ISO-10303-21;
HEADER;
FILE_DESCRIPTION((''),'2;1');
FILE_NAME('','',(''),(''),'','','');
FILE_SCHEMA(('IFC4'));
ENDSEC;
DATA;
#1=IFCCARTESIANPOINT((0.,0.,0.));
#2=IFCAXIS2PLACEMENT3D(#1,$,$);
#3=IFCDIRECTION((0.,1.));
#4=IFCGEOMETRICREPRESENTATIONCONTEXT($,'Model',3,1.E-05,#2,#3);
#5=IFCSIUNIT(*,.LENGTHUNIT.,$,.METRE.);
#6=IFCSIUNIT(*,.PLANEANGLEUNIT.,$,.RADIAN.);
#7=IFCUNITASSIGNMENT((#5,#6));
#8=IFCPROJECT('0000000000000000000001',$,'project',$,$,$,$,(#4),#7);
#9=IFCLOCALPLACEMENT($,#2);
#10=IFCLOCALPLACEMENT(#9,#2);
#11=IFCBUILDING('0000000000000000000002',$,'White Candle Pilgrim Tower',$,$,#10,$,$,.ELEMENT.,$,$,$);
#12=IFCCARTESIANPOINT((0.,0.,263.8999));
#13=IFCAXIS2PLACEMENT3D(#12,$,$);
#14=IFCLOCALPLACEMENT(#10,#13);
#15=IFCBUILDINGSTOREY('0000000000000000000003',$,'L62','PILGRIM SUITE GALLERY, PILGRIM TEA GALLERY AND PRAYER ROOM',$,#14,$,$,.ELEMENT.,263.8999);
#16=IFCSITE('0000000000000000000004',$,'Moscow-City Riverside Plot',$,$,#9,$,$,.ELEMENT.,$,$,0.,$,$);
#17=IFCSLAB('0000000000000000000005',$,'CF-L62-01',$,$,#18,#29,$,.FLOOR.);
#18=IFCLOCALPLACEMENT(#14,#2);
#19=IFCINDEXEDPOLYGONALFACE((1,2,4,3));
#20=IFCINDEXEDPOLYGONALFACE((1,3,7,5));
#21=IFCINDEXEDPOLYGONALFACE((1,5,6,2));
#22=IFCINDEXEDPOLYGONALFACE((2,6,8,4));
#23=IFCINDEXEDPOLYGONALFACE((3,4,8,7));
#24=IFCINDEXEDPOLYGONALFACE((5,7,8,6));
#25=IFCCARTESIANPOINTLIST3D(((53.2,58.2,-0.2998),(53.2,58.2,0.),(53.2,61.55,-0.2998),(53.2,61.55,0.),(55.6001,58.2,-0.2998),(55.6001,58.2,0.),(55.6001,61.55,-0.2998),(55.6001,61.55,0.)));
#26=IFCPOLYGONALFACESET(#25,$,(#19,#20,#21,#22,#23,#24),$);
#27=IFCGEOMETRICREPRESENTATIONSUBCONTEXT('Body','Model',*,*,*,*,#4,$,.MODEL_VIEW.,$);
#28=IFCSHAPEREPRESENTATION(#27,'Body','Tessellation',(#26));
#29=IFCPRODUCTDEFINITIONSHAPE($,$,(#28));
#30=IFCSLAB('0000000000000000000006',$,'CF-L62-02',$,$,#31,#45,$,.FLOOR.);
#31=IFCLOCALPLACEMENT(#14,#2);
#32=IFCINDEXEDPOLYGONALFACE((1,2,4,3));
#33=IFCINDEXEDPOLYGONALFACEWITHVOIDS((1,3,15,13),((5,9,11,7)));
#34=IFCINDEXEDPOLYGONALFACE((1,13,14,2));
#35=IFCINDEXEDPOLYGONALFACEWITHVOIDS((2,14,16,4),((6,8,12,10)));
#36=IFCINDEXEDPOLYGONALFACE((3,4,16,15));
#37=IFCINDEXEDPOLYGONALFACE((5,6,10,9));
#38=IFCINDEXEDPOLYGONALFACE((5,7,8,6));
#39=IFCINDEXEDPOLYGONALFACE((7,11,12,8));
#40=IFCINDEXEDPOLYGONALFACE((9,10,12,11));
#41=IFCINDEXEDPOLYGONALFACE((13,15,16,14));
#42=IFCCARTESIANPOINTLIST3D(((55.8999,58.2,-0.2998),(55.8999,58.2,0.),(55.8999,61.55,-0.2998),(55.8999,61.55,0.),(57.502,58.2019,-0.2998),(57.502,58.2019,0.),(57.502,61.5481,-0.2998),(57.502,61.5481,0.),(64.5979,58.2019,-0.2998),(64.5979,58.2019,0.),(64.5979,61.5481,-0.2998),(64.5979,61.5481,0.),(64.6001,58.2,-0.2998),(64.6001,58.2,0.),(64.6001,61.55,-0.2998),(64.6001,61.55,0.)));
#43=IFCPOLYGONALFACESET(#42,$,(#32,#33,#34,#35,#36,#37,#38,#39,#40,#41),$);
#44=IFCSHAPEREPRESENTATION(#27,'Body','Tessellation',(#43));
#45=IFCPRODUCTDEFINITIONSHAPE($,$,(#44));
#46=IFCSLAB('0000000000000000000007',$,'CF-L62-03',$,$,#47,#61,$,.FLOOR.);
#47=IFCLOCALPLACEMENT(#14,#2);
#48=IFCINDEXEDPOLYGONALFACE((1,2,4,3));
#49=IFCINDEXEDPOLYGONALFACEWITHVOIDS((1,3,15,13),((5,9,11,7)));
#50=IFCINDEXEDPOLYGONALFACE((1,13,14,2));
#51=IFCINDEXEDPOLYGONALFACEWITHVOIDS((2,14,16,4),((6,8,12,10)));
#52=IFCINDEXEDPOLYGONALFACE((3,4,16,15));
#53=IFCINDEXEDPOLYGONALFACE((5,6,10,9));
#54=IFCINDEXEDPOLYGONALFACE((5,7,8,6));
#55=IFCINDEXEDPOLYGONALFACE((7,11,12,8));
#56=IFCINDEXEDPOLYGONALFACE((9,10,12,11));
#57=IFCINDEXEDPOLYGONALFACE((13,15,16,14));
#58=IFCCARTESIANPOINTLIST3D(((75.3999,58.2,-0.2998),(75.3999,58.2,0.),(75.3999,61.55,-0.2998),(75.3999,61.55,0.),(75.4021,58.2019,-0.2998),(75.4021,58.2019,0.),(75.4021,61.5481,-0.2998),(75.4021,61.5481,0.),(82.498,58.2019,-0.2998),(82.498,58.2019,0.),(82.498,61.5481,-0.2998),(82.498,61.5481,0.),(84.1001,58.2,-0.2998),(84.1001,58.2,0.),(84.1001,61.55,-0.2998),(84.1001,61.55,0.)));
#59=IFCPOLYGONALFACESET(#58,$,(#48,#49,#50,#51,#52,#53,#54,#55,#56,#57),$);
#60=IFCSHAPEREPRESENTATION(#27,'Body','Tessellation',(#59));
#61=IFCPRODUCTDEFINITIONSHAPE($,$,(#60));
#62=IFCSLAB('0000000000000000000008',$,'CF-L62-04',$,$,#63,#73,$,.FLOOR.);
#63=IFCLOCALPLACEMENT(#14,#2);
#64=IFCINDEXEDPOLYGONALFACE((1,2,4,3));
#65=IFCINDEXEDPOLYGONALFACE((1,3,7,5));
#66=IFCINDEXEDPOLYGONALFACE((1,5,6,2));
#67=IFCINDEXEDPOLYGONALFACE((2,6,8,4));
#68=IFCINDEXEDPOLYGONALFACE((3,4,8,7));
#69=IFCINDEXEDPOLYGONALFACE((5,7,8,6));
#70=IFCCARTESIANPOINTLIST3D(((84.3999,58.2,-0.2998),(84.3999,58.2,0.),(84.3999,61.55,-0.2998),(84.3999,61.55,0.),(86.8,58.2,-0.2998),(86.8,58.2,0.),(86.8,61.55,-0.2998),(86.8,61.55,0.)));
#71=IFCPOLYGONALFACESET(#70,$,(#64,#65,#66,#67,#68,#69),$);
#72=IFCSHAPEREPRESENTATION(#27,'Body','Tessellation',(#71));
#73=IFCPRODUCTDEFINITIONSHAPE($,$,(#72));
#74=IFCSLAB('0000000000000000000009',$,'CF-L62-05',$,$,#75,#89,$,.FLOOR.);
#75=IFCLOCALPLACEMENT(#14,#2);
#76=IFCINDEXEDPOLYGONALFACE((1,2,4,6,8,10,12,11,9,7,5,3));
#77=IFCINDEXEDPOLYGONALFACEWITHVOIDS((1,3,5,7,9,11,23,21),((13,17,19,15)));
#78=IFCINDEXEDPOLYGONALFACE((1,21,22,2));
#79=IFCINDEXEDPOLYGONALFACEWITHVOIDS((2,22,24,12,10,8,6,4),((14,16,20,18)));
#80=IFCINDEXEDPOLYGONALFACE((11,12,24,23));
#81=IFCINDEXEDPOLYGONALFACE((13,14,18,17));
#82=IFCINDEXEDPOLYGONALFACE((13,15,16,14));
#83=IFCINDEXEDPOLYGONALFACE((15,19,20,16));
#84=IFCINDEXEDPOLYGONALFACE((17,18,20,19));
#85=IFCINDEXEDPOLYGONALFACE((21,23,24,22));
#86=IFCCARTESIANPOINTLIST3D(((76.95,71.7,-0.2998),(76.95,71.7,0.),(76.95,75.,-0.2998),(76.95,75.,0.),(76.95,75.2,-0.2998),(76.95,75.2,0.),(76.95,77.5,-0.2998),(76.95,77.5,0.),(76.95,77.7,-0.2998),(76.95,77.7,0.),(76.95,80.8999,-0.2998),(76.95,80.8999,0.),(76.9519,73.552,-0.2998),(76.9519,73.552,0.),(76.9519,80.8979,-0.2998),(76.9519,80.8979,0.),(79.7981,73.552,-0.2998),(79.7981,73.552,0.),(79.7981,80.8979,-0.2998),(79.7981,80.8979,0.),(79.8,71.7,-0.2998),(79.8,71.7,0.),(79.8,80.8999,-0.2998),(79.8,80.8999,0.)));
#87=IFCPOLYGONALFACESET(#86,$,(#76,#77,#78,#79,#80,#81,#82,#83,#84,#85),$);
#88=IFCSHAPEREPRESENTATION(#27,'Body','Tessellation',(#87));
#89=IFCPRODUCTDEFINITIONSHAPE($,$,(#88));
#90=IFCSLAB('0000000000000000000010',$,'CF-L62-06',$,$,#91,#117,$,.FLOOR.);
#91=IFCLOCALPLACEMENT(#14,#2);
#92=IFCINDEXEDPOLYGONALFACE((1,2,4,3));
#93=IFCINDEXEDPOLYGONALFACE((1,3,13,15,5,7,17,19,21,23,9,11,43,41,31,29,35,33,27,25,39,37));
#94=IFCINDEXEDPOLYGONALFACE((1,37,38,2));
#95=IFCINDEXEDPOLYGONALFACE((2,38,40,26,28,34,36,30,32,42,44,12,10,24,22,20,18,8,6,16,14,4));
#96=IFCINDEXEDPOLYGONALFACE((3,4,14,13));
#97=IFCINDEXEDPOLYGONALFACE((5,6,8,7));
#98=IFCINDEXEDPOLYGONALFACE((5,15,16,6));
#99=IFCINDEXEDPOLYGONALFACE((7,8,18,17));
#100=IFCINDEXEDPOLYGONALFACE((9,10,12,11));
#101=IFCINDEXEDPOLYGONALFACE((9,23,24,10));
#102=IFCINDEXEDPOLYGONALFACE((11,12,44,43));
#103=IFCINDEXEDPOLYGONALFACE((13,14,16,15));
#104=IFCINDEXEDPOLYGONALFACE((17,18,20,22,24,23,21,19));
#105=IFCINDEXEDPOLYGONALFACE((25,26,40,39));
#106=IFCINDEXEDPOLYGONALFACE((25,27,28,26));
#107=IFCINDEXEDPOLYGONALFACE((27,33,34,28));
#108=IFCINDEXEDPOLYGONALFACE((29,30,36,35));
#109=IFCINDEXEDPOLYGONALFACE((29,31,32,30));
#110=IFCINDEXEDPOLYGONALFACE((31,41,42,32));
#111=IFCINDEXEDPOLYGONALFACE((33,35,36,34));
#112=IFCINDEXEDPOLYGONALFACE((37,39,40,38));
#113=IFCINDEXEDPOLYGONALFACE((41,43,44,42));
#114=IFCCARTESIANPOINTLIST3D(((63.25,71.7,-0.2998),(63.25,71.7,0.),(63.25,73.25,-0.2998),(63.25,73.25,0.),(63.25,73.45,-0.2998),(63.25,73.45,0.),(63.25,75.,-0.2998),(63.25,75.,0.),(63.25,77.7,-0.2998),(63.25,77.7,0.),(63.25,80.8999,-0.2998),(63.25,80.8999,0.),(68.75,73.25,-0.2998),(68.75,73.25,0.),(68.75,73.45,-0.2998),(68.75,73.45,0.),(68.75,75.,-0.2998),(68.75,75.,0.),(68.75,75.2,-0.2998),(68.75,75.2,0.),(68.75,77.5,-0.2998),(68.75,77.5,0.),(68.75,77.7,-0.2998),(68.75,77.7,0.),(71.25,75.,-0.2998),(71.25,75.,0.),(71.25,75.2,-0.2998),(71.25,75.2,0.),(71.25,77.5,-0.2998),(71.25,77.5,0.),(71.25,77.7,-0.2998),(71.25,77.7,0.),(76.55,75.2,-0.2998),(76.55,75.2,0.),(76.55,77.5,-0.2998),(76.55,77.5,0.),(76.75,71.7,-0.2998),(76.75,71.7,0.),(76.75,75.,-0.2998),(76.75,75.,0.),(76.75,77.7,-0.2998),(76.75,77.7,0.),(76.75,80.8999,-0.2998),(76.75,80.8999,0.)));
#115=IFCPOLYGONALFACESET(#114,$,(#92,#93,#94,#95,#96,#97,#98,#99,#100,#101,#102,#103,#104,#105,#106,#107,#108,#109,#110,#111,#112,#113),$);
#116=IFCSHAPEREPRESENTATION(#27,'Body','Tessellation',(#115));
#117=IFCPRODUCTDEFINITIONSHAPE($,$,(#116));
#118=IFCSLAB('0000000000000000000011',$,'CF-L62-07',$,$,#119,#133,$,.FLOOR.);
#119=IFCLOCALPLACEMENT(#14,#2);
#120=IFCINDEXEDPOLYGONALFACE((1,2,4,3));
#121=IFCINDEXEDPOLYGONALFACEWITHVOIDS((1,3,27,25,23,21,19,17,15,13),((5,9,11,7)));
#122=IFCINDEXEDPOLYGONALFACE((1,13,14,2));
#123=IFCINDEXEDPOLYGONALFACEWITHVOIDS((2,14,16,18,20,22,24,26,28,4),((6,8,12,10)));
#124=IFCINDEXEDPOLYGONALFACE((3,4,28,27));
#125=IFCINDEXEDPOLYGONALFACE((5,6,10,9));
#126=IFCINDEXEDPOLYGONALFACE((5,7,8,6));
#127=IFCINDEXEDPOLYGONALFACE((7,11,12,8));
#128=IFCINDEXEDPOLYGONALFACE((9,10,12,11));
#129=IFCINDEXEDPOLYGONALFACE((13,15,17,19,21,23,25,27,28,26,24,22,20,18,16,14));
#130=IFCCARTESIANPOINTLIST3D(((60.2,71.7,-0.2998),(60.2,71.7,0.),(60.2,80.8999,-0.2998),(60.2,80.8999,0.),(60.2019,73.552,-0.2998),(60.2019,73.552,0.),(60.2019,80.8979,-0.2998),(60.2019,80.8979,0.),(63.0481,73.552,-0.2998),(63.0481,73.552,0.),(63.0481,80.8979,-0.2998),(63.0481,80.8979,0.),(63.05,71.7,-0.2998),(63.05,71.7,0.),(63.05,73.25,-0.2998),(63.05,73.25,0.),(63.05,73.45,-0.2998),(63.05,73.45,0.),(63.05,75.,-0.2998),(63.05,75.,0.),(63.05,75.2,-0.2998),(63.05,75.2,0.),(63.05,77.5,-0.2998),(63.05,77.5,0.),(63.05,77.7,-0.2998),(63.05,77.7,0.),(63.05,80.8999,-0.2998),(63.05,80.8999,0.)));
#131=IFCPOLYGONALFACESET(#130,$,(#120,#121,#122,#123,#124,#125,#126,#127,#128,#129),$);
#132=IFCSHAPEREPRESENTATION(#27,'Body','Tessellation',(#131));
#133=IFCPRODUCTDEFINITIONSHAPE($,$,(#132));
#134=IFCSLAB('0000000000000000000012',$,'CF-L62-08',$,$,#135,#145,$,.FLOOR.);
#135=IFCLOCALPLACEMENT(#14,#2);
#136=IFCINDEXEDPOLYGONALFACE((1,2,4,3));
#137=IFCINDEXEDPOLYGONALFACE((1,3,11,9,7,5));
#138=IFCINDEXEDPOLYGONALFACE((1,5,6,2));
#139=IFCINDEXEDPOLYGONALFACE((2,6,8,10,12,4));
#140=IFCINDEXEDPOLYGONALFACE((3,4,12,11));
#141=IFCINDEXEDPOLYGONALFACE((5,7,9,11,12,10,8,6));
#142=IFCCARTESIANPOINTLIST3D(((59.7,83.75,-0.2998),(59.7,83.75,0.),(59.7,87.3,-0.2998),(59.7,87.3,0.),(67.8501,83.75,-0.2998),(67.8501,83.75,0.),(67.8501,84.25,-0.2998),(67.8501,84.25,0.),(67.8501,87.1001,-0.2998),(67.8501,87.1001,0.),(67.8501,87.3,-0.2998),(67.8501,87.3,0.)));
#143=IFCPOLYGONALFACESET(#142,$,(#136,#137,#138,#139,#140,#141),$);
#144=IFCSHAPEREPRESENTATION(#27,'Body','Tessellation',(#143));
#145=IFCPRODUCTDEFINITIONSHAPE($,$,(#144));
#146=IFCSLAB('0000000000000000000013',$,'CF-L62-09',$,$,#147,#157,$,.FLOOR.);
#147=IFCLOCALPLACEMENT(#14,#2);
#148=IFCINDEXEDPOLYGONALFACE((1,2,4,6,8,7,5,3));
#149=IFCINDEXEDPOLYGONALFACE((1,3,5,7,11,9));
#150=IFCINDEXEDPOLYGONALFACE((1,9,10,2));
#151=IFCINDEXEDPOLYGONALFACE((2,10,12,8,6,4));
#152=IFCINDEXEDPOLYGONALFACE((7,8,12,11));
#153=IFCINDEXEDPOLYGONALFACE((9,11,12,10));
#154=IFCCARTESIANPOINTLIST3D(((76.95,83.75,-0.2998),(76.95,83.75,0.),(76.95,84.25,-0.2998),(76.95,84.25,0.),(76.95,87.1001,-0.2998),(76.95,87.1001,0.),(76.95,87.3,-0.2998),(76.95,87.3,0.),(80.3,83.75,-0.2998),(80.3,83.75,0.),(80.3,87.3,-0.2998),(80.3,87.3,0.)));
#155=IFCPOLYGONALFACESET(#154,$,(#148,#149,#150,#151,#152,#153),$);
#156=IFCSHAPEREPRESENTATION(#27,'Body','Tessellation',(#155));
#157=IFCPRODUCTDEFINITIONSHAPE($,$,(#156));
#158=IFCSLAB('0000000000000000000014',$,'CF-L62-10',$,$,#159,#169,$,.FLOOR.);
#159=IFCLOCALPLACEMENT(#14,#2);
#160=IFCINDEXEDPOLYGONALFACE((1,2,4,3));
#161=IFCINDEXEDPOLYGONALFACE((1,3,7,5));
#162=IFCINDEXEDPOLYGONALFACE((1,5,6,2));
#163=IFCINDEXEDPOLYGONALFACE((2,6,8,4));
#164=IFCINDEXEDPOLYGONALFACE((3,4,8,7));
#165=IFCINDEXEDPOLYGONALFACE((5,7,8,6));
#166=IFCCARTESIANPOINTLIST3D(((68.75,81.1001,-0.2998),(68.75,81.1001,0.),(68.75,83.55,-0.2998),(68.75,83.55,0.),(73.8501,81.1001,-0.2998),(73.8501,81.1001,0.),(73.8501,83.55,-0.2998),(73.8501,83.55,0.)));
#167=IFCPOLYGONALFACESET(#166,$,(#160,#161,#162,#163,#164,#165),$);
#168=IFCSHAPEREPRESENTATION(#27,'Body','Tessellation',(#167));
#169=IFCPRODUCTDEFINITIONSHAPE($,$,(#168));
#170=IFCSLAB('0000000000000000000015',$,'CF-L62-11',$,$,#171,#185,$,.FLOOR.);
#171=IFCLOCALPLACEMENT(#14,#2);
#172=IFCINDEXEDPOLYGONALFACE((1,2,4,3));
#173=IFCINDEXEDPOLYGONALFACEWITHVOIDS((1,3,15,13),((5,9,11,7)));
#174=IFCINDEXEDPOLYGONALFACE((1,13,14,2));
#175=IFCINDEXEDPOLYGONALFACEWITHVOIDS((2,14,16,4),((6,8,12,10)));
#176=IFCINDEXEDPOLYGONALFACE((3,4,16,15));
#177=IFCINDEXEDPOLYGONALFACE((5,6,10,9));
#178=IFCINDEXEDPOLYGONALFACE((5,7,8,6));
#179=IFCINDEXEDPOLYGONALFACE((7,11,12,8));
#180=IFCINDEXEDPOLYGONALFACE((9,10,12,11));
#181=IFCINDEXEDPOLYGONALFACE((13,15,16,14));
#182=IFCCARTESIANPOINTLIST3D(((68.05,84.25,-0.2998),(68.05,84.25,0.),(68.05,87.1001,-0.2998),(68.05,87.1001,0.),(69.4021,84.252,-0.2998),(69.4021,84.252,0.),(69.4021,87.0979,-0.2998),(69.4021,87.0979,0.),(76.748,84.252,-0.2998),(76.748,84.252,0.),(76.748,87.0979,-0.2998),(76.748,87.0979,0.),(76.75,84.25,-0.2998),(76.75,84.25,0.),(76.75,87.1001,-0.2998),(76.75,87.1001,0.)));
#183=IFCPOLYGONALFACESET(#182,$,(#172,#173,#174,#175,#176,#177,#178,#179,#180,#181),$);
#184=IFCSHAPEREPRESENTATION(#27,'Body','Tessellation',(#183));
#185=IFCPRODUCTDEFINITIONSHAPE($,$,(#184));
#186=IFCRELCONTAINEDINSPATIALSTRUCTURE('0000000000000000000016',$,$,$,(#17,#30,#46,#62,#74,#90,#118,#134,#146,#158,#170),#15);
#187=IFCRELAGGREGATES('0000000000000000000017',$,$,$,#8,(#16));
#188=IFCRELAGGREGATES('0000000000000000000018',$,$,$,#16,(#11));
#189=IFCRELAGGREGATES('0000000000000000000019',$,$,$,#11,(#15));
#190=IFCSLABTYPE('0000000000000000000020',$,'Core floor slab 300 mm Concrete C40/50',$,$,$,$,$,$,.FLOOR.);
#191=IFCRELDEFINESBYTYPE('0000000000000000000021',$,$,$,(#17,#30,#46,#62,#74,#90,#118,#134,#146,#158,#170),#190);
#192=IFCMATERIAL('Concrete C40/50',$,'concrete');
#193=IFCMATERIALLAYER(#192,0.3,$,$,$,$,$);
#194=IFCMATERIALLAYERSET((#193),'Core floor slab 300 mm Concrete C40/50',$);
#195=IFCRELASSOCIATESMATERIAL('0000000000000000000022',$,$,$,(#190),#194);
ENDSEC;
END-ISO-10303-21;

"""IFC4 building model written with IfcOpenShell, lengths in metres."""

from ifc_helpers import new_model, si_unit, direction, frame, origin, place, context, subcontext, project, spatial, polyline, outline, extrude, material, layer, layer_set, type_object, element, save


model = new_model("IFC4")

# Units and contexts
model_context = context("Model", 3, precision=1e-05, world=origin(), true_north=direction((0.0, 1.0)))
body_context = subcontext(model_context, "Body", "Model", "MODEL_VIEW")
ifc_project = project(units=[si_unit("LENGTHUNIT", "METRE"), si_unit("PLANEANGLEUNIT", "RADIAN")], contexts=[model_context])

# Site, building, storey
site_placement = place(None, origin())
site = spatial("IfcSite", under=ifc_project, at=site_placement, Name="Moscow-City Riverside Plot", CompositionType="ELEMENT", RefElevation=0.0)
building_placement = place(site_placement, origin())
building = spatial("IfcBuilding", under=site, at=building_placement, Name="White Candle Pilgrim Tower", CompositionType="ELEMENT")
storey_placement = place(building_placement, frame((0.0, 0.0, 263.8999)))
storey = spatial("IfcBuildingStorey", under=building, at=storey_placement, Name="L62", Description="PILGRIM SUITE GALLERY, PILGRIM TEA GALLERY AND PRAYER ROOM", CompositionType="ELEMENT", Elevation=263.8999)

# Slabs
ifc_material = material(Name="Concrete C40/50", Category="concrete")
ifc_layer_1 = layer(ifc_material, 0.3)
ifc_layer_set_1 = layer_set([ifc_layer_1], Name="Core floor slab 300 mm Concrete C40/50")
slab_type_1 = type_object("IfcSlabType", Name="Core floor slab 300 mm Concrete C40/50", PredefinedType="FLOOR", material=ifc_layer_set_1)
slab_1_placement = place(storey_placement, frame((0.0, 0.0, -0.2998)))
element("IfcSlab", 1, at=slab_1_placement, inside=storey, type_object=slab_type_1, Name="CF-L62-01", PredefinedType="FLOOR", context=body_context, shape_type="SweptSolid", body=[
    extrude(outline(polyline([(55.6001, 58.2), (53.2, 58.2), (53.2, 61.55), (55.6001, 61.55), (55.6001, 58.2)])), origin(), (0.0, 0.0, 1.0), 0.2998),
])
slab_2_placement = place(storey_placement, frame((0.0, 0.0, -0.2998)))
element("IfcSlab", 2, at=slab_2_placement, inside=storey, type_object=slab_type_1, Name="CF-L62-02", PredefinedType="FLOOR", context=body_context, shape_type="SweptSolid", body=[
    extrude(outline(polyline([(55.8999, 58.2), (55.8999, 61.55), (64.6001, 61.55), (64.6001, 58.2), (55.8999, 58.2)]), holes=[polyline([(57.502, 61.5481), (57.502, 58.2019), (64.5979, 58.2019), (64.5979, 61.5481), (57.502, 61.5481)])]), origin(), (0.0, 0.0, 1.0), 0.2998),
])
slab_3_placement = place(storey_placement, frame((0.0, 0.0, -0.2998)))
element("IfcSlab", 3, at=slab_3_placement, inside=storey, type_object=slab_type_1, Name="CF-L62-03", PredefinedType="FLOOR", context=body_context, shape_type="SweptSolid", body=[
    extrude(outline(polyline([(75.3999, 58.2), (75.3999, 61.55), (84.1001, 61.55), (84.1001, 58.2), (75.3999, 58.2)]), holes=[polyline([(82.498, 61.5481), (75.4021, 61.5481), (75.4021, 58.2019), (82.498, 58.2019), (82.498, 61.5481)])]), origin(), (0.0, 0.0, 1.0), 0.2998),
])
slab_4_placement = place(storey_placement, frame((0.0, 0.0, -0.2998)))
element("IfcSlab", 4, at=slab_4_placement, inside=storey, type_object=slab_type_1, Name="CF-L62-04", PredefinedType="FLOOR", context=body_context, shape_type="SweptSolid", body=[
    extrude(outline(polyline([(86.8, 58.2), (84.3999, 58.2), (84.3999, 61.55), (86.8, 61.55), (86.8, 58.2)])), origin(), (0.0, 0.0, 1.0), 0.2998),
])
slab_5_placement = place(storey_placement, frame((0.0, 0.0, -0.2998)))
element("IfcSlab", 5, at=slab_5_placement, inside=storey, type_object=slab_type_1, Name="CF-L62-05", PredefinedType="FLOOR", context=body_context, shape_type="SweptSolid", body=[
    extrude(outline(polyline([(76.95, 71.7), (76.95, 75.0), (76.95, 75.2), (76.95, 77.5), (76.95, 77.7), (76.95, 80.8999), (79.8, 80.8999), (79.8, 71.7), (76.95, 71.7)]), holes=[polyline([(76.9519, 73.552), (79.7981, 73.552), (79.7981, 80.8979), (76.9519, 80.8979), (76.9519, 73.552)])]), origin(), (0.0, 0.0, 1.0), 0.2998),
])
slab_6_placement = place(storey_placement, frame((0.0, 0.0, -0.2998)))
element("IfcSlab", 6, at=slab_6_placement, inside=storey, type_object=slab_type_1, Name="CF-L62-06", PredefinedType="FLOOR", context=body_context, shape_type="SweptSolid", body=[
    extrude(outline(polyline([(63.25, 71.7), (63.25, 73.25), (68.75, 73.25), (68.75, 73.45), (63.25, 73.45), (63.25, 75.0), (68.75, 75.0), (68.75, 75.2), (68.75, 77.5), (68.75, 77.7), (63.25, 77.7), (63.25, 80.8999), (76.75, 80.8999), (76.75, 77.7), (71.25, 77.7), (71.25, 77.5), (76.55, 77.5), (76.55, 75.2), (71.25, 75.2), (71.25, 75.0), (76.75, 75.0), (76.75, 71.7), (63.25, 71.7)])), origin(), (0.0, 0.0, 1.0), 0.2998),
])
slab_7_placement = place(storey_placement, frame((0.0, 0.0, -0.2998)))
element("IfcSlab", 7, at=slab_7_placement, inside=storey, type_object=slab_type_1, Name="CF-L62-07", PredefinedType="FLOOR", context=body_context, shape_type="SweptSolid", body=[
    extrude(outline(polyline([(60.2, 71.7), (60.2, 80.8999), (63.05, 80.8999), (63.05, 77.7), (63.05, 77.5), (63.05, 75.2), (63.05, 75.0), (63.05, 73.45), (63.05, 73.25), (63.05, 71.7), (60.2, 71.7)]), holes=[polyline([(60.2019, 73.552), (63.0481, 73.552), (63.0481, 80.8979), (60.2019, 80.8979), (60.2019, 73.552)])]), origin(), (0.0, 0.0, 1.0), 0.2998),
])
slab_8_placement = place(storey_placement, frame((0.0, 0.0, -0.2998)))
element("IfcSlab", 8, at=slab_8_placement, inside=storey, type_object=slab_type_1, Name="CF-L62-08", PredefinedType="FLOOR", context=body_context, shape_type="SweptSolid", body=[
    extrude(outline(polyline([(59.7, 87.3), (67.8501, 87.3), (67.8501, 87.1001), (67.8501, 84.25), (67.8501, 83.75), (59.7, 83.75), (59.7, 87.3)])), origin(), (0.0, 0.0, 1.0), 0.2998),
])
slab_9_placement = place(storey_placement, frame((0.0, 0.0, -0.2998)))
element("IfcSlab", 9, at=slab_9_placement, inside=storey, type_object=slab_type_1, Name="CF-L62-09", PredefinedType="FLOOR", context=body_context, shape_type="SweptSolid", body=[
    extrude(outline(polyline([(80.3, 87.3), (80.3, 83.75), (76.95, 83.75), (76.95, 84.25), (76.95, 87.1001), (76.95, 87.3), (80.3, 87.3)])), origin(), (0.0, 0.0, 1.0), 0.2998),
])
slab_10_placement = place(storey_placement, frame((0.0, 0.0, -0.2998)))
element("IfcSlab", 10, at=slab_10_placement, inside=storey, type_object=slab_type_1, Name="CF-L62-10", PredefinedType="FLOOR", context=body_context, shape_type="SweptSolid", body=[
    extrude(outline(polyline([(68.75, 81.1001), (68.75, 83.55), (73.8501, 83.55), (73.8501, 81.1001), (68.75, 81.1001)])), origin(), (0.0, 0.0, 1.0), 0.2998),
])
slab_11_placement = place(storey_placement, frame((0.0, 0.0, -0.2998)))
element("IfcSlab", 11, at=slab_11_placement, inside=storey, type_object=slab_type_1, Name="CF-L62-11", PredefinedType="FLOOR", context=body_context, shape_type="SweptSolid", body=[
    extrude(outline(polyline([(68.05, 87.1001), (76.75, 87.1001), (76.75, 84.25), (68.05, 84.25), (68.05, 87.1001)]), holes=[polyline([(69.4021, 84.252), (76.748, 84.252), (76.748, 87.0979), (69.4021, 87.0979), (69.4021, 84.252)])]), origin(), (0.0, 0.0, 1.0), 0.2998),
])

save(model, "model.ifc")
